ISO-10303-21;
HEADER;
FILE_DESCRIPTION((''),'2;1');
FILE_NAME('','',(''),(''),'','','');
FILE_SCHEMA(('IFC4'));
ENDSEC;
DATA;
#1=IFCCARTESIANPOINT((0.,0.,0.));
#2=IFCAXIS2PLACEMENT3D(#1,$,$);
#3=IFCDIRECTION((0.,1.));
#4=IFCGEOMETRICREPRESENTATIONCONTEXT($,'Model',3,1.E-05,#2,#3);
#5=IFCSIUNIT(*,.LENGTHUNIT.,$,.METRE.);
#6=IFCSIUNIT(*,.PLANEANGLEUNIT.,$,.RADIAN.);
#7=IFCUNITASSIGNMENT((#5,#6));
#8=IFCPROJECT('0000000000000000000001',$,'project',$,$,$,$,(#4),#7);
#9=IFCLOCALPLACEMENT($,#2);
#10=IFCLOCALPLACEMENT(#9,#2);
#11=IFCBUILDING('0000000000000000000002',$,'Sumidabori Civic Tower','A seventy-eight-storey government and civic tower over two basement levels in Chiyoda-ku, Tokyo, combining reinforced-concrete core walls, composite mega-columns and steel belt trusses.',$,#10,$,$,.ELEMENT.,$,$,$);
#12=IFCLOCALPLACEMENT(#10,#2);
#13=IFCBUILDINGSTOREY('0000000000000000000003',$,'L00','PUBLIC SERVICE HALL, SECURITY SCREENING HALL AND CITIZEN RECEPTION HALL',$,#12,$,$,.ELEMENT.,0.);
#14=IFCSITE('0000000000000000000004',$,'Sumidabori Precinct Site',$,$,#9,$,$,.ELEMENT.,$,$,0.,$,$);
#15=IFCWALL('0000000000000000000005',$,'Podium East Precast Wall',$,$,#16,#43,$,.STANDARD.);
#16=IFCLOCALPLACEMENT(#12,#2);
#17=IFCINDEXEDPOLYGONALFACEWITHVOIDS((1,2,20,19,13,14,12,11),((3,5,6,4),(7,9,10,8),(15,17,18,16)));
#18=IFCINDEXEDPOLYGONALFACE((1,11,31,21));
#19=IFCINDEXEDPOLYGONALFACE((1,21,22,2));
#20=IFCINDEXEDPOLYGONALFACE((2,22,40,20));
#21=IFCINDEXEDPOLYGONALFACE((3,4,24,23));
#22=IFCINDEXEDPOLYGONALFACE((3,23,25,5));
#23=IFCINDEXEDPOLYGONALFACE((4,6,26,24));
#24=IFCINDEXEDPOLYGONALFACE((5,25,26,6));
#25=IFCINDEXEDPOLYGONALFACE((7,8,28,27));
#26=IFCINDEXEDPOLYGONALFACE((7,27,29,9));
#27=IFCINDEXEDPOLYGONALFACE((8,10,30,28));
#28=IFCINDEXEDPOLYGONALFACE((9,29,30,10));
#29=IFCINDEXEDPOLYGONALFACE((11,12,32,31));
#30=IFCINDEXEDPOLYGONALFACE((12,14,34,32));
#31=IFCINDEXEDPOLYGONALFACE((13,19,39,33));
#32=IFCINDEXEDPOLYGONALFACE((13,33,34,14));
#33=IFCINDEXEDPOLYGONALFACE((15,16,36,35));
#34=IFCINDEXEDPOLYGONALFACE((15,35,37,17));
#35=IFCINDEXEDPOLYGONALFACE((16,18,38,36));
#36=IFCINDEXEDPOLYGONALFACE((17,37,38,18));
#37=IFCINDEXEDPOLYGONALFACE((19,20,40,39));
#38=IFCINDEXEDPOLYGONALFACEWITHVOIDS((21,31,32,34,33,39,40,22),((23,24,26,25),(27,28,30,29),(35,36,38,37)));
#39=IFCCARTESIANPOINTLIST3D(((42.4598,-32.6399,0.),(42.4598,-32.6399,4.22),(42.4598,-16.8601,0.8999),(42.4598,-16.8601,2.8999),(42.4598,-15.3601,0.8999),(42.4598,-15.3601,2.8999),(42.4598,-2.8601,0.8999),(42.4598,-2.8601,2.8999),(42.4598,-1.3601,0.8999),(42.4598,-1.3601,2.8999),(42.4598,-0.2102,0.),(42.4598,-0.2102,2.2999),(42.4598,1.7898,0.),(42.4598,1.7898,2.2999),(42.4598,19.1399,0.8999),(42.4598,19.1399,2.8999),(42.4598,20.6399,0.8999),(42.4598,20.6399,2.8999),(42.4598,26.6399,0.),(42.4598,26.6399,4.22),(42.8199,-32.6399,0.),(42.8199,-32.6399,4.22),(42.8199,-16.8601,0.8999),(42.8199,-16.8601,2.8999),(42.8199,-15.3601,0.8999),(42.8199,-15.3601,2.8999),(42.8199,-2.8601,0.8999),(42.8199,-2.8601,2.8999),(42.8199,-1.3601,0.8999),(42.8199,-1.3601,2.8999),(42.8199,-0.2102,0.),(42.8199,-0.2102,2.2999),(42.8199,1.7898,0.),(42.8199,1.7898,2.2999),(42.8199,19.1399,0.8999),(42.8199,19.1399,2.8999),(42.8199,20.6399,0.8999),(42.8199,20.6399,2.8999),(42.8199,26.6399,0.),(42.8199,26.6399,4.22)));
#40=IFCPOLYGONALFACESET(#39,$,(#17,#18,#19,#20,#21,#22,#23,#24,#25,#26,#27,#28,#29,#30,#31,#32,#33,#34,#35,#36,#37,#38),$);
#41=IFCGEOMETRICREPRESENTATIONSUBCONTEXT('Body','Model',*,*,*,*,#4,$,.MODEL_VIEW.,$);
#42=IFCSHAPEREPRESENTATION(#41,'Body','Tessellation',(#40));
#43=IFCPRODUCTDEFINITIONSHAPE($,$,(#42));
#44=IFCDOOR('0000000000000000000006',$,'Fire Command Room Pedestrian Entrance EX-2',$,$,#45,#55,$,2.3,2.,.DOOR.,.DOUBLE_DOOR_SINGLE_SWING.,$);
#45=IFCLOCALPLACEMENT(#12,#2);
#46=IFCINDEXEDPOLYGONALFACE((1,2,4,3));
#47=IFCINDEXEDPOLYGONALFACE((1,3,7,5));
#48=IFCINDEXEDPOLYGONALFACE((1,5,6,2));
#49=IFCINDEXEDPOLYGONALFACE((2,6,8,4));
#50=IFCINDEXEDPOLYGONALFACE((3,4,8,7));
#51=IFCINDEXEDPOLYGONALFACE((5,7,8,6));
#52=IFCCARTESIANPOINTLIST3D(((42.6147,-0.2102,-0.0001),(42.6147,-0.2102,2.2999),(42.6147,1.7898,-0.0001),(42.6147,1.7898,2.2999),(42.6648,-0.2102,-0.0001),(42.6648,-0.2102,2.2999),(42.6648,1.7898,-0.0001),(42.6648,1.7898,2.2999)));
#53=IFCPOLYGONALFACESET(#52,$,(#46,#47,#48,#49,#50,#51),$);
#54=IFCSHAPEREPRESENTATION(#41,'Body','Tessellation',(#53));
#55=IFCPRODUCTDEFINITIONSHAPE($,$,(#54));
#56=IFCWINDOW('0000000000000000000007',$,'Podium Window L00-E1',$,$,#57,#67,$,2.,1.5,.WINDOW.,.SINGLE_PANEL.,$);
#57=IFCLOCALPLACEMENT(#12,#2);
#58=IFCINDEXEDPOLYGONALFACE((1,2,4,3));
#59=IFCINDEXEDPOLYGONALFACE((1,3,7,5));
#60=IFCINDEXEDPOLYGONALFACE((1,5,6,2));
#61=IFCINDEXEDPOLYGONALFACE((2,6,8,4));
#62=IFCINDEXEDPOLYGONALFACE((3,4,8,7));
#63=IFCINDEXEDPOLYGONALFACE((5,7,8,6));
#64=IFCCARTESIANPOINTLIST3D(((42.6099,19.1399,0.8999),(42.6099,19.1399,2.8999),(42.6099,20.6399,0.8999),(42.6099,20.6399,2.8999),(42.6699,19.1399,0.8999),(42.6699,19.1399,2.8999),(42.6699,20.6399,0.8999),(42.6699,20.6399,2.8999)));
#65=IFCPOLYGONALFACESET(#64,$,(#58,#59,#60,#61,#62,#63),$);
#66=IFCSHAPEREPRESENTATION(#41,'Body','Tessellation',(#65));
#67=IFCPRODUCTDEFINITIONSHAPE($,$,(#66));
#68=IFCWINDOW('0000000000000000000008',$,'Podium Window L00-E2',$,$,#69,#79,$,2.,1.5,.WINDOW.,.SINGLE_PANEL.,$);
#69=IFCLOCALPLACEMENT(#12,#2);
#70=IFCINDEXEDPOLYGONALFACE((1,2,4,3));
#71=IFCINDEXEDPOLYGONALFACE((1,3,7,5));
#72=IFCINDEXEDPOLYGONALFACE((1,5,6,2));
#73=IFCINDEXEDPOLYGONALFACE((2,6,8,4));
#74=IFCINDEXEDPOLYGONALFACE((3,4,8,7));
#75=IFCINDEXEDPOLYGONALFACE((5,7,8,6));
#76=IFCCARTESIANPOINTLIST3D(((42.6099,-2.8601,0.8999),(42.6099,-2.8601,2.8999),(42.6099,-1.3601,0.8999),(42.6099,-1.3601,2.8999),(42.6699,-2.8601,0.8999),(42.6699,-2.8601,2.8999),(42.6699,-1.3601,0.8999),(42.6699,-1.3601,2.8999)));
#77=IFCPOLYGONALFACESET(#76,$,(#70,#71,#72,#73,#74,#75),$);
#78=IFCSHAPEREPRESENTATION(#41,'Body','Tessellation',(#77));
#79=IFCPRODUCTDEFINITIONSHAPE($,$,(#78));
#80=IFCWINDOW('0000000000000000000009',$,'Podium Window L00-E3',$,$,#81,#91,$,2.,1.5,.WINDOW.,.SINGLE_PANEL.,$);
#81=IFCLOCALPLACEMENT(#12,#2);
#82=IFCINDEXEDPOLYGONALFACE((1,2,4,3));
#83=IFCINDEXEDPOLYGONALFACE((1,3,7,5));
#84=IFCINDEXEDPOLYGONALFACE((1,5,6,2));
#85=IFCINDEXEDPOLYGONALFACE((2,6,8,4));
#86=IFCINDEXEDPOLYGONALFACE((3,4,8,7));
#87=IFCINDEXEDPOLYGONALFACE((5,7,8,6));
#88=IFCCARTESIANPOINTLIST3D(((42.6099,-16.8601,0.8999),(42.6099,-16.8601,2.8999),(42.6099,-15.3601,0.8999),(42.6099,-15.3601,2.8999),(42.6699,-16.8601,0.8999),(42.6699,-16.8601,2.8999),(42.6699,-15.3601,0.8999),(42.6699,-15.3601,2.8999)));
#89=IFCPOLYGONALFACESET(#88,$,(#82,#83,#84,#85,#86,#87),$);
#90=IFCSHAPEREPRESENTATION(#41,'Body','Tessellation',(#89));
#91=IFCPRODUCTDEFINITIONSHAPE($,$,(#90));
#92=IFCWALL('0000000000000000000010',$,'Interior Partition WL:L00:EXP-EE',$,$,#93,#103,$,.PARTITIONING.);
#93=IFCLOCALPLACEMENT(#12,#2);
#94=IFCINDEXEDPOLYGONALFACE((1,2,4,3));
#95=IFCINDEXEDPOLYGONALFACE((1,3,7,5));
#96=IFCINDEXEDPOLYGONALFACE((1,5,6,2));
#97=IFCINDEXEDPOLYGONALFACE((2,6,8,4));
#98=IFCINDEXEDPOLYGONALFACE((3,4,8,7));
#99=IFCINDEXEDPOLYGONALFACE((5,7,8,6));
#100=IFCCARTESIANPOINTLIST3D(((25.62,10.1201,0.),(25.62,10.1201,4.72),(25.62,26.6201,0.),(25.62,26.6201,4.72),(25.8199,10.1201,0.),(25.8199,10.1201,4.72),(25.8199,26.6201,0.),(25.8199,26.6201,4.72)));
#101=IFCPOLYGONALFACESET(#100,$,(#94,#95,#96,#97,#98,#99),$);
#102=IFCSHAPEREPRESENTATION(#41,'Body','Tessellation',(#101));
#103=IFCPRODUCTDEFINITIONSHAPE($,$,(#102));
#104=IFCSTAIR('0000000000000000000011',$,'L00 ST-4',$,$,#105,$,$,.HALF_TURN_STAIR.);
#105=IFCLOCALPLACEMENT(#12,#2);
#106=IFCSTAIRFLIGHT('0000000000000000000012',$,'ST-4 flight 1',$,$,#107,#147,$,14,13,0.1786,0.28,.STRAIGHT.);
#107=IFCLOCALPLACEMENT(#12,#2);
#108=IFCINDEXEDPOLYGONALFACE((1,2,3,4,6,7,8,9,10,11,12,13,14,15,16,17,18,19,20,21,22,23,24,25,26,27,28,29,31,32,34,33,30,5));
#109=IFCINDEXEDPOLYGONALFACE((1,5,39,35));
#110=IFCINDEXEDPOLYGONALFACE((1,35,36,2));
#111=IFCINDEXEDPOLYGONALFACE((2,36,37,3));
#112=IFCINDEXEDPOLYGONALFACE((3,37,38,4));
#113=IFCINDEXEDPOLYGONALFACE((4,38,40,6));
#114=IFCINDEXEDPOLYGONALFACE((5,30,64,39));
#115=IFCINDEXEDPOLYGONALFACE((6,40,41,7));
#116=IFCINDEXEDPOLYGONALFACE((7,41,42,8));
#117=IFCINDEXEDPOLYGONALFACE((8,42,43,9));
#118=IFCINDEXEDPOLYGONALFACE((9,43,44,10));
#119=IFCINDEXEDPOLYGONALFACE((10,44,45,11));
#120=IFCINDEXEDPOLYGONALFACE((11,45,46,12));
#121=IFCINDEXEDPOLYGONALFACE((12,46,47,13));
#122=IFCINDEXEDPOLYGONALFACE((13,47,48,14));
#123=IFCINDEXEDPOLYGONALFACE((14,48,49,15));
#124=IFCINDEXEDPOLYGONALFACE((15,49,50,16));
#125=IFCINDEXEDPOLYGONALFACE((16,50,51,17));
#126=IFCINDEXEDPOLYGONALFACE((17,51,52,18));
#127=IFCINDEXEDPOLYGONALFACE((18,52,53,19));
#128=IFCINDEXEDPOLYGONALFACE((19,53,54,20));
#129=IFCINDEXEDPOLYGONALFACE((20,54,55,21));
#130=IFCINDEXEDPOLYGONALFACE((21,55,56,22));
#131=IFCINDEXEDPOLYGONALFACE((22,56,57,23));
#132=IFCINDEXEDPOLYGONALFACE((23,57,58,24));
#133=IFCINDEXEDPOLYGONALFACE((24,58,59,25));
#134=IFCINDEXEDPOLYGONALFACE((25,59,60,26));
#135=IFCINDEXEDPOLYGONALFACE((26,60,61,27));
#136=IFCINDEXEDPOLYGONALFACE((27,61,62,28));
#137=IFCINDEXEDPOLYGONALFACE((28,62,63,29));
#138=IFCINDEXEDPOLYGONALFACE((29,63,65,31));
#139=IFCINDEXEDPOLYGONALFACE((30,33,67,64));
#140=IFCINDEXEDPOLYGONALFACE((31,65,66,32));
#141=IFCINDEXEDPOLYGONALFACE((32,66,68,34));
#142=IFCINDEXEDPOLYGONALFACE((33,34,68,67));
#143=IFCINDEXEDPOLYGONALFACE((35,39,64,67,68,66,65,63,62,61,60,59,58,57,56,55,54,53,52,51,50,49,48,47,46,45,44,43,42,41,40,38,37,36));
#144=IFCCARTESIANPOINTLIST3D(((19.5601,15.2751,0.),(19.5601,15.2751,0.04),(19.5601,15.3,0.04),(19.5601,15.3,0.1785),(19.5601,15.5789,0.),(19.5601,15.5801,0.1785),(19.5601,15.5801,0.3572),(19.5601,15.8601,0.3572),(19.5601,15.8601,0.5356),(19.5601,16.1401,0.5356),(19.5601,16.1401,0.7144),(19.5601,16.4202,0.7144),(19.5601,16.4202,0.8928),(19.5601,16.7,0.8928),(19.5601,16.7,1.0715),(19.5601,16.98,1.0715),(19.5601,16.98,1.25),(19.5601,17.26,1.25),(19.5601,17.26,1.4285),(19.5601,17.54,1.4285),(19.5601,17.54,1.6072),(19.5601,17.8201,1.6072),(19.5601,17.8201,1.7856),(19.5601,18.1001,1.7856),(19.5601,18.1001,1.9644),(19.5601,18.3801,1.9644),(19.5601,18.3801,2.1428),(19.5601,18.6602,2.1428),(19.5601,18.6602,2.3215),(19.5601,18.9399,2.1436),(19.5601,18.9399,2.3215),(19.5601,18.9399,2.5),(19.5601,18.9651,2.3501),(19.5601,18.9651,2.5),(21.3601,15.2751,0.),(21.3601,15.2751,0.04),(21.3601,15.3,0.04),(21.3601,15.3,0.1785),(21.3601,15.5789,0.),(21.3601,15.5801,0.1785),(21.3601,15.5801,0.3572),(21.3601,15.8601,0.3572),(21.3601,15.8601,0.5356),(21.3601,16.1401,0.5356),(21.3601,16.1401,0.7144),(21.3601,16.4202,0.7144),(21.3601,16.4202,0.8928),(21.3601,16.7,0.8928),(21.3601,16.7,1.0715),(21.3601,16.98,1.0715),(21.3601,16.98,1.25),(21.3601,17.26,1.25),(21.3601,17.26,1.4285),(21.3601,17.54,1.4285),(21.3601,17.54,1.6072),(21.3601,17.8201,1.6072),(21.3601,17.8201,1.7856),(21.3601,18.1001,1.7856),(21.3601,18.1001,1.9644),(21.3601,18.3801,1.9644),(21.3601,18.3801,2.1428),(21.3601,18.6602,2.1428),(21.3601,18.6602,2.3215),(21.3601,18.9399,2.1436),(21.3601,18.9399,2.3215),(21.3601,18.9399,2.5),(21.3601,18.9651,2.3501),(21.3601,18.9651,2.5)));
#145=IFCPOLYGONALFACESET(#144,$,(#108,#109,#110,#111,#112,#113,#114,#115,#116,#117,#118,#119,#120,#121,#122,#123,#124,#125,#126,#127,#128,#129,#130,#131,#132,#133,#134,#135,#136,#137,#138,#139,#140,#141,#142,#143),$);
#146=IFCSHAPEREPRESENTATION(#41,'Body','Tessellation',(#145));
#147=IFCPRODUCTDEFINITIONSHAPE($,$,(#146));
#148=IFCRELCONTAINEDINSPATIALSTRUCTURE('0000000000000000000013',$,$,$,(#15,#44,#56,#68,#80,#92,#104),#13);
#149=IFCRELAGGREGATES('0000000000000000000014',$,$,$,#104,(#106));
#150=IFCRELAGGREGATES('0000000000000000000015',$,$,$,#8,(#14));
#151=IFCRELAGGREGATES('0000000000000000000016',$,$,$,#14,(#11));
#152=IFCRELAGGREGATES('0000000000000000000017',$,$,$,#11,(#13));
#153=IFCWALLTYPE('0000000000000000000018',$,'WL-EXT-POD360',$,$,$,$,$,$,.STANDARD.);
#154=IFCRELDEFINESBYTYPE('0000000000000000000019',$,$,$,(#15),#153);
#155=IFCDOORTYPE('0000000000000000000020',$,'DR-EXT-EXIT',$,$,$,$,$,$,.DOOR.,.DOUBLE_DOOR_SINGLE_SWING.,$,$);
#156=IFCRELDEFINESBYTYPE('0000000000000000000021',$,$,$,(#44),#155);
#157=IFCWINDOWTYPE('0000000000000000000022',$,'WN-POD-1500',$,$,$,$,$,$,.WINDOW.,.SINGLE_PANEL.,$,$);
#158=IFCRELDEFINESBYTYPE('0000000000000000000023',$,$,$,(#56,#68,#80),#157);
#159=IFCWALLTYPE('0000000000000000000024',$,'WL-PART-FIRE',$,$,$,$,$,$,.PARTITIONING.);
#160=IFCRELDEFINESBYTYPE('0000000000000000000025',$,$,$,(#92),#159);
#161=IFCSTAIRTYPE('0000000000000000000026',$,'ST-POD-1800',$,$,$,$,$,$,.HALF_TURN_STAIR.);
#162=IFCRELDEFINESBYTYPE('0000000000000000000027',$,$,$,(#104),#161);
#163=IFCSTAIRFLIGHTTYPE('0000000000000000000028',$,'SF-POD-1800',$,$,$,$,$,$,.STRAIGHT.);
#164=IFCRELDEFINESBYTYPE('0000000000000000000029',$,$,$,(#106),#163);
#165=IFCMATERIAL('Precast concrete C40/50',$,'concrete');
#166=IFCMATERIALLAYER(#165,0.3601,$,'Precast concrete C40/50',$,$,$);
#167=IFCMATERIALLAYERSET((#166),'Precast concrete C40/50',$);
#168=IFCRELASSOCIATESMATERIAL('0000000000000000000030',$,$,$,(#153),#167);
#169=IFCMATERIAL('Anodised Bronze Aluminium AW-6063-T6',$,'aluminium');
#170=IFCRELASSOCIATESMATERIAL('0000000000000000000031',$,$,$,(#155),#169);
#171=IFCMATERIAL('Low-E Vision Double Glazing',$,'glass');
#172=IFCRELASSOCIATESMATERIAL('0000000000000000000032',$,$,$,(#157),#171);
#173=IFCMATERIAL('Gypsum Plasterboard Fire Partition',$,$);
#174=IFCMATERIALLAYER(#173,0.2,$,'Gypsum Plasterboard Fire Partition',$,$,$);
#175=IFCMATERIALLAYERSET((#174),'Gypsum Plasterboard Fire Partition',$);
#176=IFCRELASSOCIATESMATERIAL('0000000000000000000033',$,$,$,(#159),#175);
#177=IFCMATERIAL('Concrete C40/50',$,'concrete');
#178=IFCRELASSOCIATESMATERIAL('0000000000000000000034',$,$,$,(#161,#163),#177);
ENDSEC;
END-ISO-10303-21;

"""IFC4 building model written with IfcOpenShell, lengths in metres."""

from ifc_helpers import new_model, si_unit, direction, frame, frame_2d, origin, place, context, subcontext, project, spatial, polyline, rectangle, outline, extrude, source, transform, mapped, material, layer, layer_set, type_object, element, fill, aggregate, save


model = new_model("IFC4")

# Units and contexts
model_context = context("Model", 3, precision=1e-05, world=origin(), true_north=direction((0.0, 1.0)))
body_context = subcontext(model_context, "Body", "Model", "MODEL_VIEW")
ifc_project = project(units=[si_unit("LENGTHUNIT", "METRE"), si_unit("PLANEANGLEUNIT", "RADIAN")], contexts=[model_context])

# Site, building, storey
site_placement = place(None, origin())
site = spatial("IfcSite", under=ifc_project, at=site_placement, Name="Sumidabori Precinct Site", CompositionType="ELEMENT", RefElevation=0.0)
building_placement = place(site_placement, origin())
building = spatial("IfcBuilding", under=site, at=building_placement, Name="Sumidabori Civic Tower", Description="A seventy-eight-storey government and civic tower over two basement levels in Chiyoda-ku, Tokyo, combining reinforced-concrete core walls, composite mega-columns and steel belt trusses.", CompositionType="ELEMENT")
storey_placement = place(building_placement, origin())
storey = spatial("IfcBuildingStorey", under=building, at=storey_placement, Name="L00", Description="PUBLIC SERVICE HALL, SECURITY SCREENING HALL AND CITIZEN RECEPTION HALL", CompositionType="ELEMENT", Elevation=0.0)

# Wall, openings, door, windows
ifc_material_1 = material(Name="Precast concrete C40/50", Category="concrete")
ifc_layer_1 = layer(ifc_material_1, 0.3601, Name="Precast concrete C40/50")
ifc_layer_set_1 = layer_set([ifc_layer_1], Name="Precast concrete C40/50")
wall_type_1 = type_object("IfcWallType", Name="WL-EXT-POD360", PredefinedType="STANDARD", material=ifc_layer_set_1)
shared_shape_1 = source(origin(), body_context, "Body", "SweptSolid", [
    extrude(rectangle(XDim=59.2798, YDim=0.3601, at=frame_2d((29.6399, 0.0))), origin(), (0.0, 0.0, 1.0), 4.22),
])
wall_1_placement = place(storey_placement, frame((42.6399, 26.6399, 0.0), z_axis=(0.0, 0.0, 1.0), x_axis=(0.0, -1.0, 0.0)))
wall_1 = element("IfcWall", 1, at=wall_1_placement, inside=storey, type_object=wall_type_1, Name="Podium East Precast Wall", PredefinedType="STANDARD", context=body_context, shape_type="MappedRepresentation", body=[
    mapped(shared_shape_1, transform((0.0, 0.0, 0.0), x_axis=(1.0, 0.0, 0.0), y_axis=(0.0, 1.0, 0.0), z_axis=(0.0, 0.0, 1.0), scale=1.0)),
])
opening_1_placement = place(wall_1_placement, frame((24.8501, 0.0, 0.0)))
opening_1 = element("IfcOpeningElement", 2, at=opening_1_placement, cuts=wall_1, PredefinedType="OPENING", context=body_context, shape_type="SweptSolid", body=[
    extrude(rectangle(XDim=2.0, YDim=2.3, at=frame_2d((1.0, 1.1499))), frame((0.0, 0.1919, 0.0), z_axis=(0.0, -1.0, 0.0), x_axis=(1.0, 0.0, 0.0)), (0.0, 0.0, 1.0), 0.384),
])
opening_2_placement = place(wall_1_placement, frame((6.0, 0.0, 0.8999)))
opening_2 = element("IfcOpeningElement", 3, at=opening_2_placement, cuts=wall_1, PredefinedType="OPENING", context=body_context, shape_type="SweptSolid", body=[
    extrude(rectangle(XDim=1.5, YDim=2.0, at=frame_2d((0.75, 1.0))), frame((0.0, 0.1919, 0.0), z_axis=(0.0, -1.0, 0.0), x_axis=(1.0, 0.0, 0.0)), (0.0, 0.0, 1.0), 0.384),
])
opening_3_placement = place(wall_1_placement, frame((28.0, 0.0, 0.8999)))
opening_3 = element("IfcOpeningElement", 4, at=opening_3_placement, cuts=wall_1, PredefinedType="OPENING", context=body_context, shape_type="SweptSolid", body=[
    extrude(rectangle(XDim=1.5, YDim=2.0, at=frame_2d((0.75, 1.0))), frame((0.0, 0.1919, 0.0), z_axis=(0.0, -1.0, 0.0), x_axis=(1.0, 0.0, 0.0)), (0.0, 0.0, 1.0), 0.384),
])
opening_4_placement = place(wall_1_placement, frame((42.0, 0.0, 0.8999)))
opening_4 = element("IfcOpeningElement", 5, at=opening_4_placement, cuts=wall_1, PredefinedType="OPENING", context=body_context, shape_type="SweptSolid", body=[
    extrude(rectangle(XDim=1.5, YDim=2.0, at=frame_2d((0.75, 1.0))), frame((0.0, 0.1919, 0.0), z_axis=(0.0, -1.0, 0.0), x_axis=(1.0, 0.0, 0.0)), (0.0, 0.0, 1.0), 0.384),
])
ifc_material_2 = material(Name="Anodised Bronze Aluminium AW-6063-T6", Category="aluminium")
door_type = type_object("IfcDoorType", Name="DR-EXT-EXIT", OperationType="DOUBLE_DOOR_SINGLE_SWING", PredefinedType="DOOR", material=ifc_material_2)
shared_shape_2 = source(origin(), body_context, "Body", "SweptSolid", [
    extrude(rectangle(XDim=2.0, YDim=2.3, at=frame_2d((1.0, 1.1499))), frame((0.0, 0.0249, 0.0), z_axis=(0.0, -1.0, 0.0), x_axis=(1.0, 0.0, 0.0)), (0.0, 0.0, 1.0), 0.05),
])
door_placement = place(opening_1_placement, origin())
door = element("IfcDoor", 6, at=door_placement, inside=storey, type_object=door_type, Name="Fire Command Room Pedestrian Entrance EX-2", OperationType="DOUBLE_DOOR_SINGLE_SWING", OverallHeight=2.3, OverallWidth=2.0, PredefinedType="DOOR", context=body_context, shape_type="MappedRepresentation", body=[
    mapped(shared_shape_2, transform((0.0, 0.0, 0.0), x_axis=(1.0, 0.0, 0.0), y_axis=(0.0, 1.0, 0.0), z_axis=(0.0, 0.0, 1.0), scale=1.0)),
])
fill(opening_1, door)
ifc_material_3 = material(Name="Low-E Vision Double Glazing", Category="glass")
window_type = type_object("IfcWindowType", Name="WN-POD-1500", PartitioningType="SINGLE_PANEL", PredefinedType="WINDOW", material=ifc_material_3)
shared_shape_3 = source(origin(), body_context, "Body", "SweptSolid", [
    extrude(rectangle(XDim=1.5, YDim=2.0, at=frame_2d((0.75, 1.0))), frame((0.0, 0.03, 0.0), z_axis=(0.0, -1.0, 0.0), x_axis=(1.0, 0.0, 0.0)), (0.0, 0.0, 1.0), 0.0601),
])
window_1_placement = place(opening_2_placement, origin())
window_1 = element("IfcWindow", 7, at=window_1_placement, inside=storey, type_object=window_type, Name="Podium Window L00-E1", OverallHeight=2.0, OverallWidth=1.5, PartitioningType="SINGLE_PANEL", PredefinedType="WINDOW", context=body_context, shape_type="MappedRepresentation", body=[
    mapped(shared_shape_3, transform((0.0, 0.0, 0.0), x_axis=(1.0, 0.0, 0.0), y_axis=(0.0, 1.0, 0.0), z_axis=(0.0, 0.0, 1.0), scale=1.0)),
])
fill(opening_2, window_1)
window_2_placement = place(opening_3_placement, origin())
window_2 = element("IfcWindow", 8, at=window_2_placement, inside=storey, type_object=window_type, Name="Podium Window L00-E2", OverallHeight=2.0, OverallWidth=1.5, PartitioningType="SINGLE_PANEL", PredefinedType="WINDOW", context=body_context, shape_type="MappedRepresentation", body=[
    mapped(shared_shape_3, transform((0.0, 0.0, 0.0), x_axis=(1.0, 0.0, 0.0), y_axis=(0.0, 1.0, 0.0), z_axis=(0.0, 0.0, 1.0), scale=1.0)),
])
fill(opening_3, window_2)
window_3_placement = place(opening_4_placement, origin())
window_3 = element("IfcWindow", 9, at=window_3_placement, inside=storey, type_object=window_type, Name="Podium Window L00-E3", OverallHeight=2.0, OverallWidth=1.5, PartitioningType="SINGLE_PANEL", PredefinedType="WINDOW", context=body_context, shape_type="MappedRepresentation", body=[
    mapped(shared_shape_3, transform((0.0, 0.0, 0.0), x_axis=(1.0, 0.0, 0.0), y_axis=(0.0, 1.0, 0.0), z_axis=(0.0, 0.0, 1.0), scale=1.0)),
])
fill(opening_4, window_3)

# Wall
ifc_material_4 = material(Name="Gypsum Plasterboard Fire Partition")
ifc_layer_2 = layer(ifc_material_4, 0.2, Name="Gypsum Plasterboard Fire Partition")
ifc_layer_set_2 = layer_set([ifc_layer_2], Name="Gypsum Plasterboard Fire Partition")
wall_type_2 = type_object("IfcWallType", Name="WL-PART-FIRE", PredefinedType="PARTITIONING", material=ifc_layer_set_2)
shared_shape_4 = source(origin(), body_context, "Body", "SweptSolid", [
    extrude(rectangle(XDim=16.5, YDim=0.2, at=frame_2d((8.25, 0.0))), origin(), (0.0, 0.0, 1.0), 4.72),
])
wall_2_placement = place(storey_placement, frame((25.72, 10.1201, 0.0), z_axis=(0.0, 0.0, 1.0), x_axis=(0.0, 1.0, 0.0)))
element("IfcWall", 10, at=wall_2_placement, inside=storey, type_object=wall_type_2, Name="Interior Partition WL:L00:EXP-EE", PredefinedType="PARTITIONING", context=body_context, shape_type="MappedRepresentation", body=[
    mapped(shared_shape_4, transform((0.0, 0.0, 0.0), x_axis=(1.0, 0.0, 0.0), y_axis=(0.0, 1.0, 0.0), z_axis=(0.0, 0.0, 1.0), scale=1.0)),
])

# Stair, stair flight
ifc_material_5 = material(Name="Concrete C40/50", Category="concrete")
stair_type = type_object("IfcStairType", Name="ST-POD-1800", PredefinedType="HALF_TURN_STAIR", material=ifc_material_5)
stair_placement = place(storey_placement, origin())
stair = element("IfcStair", 11, at=stair_placement, inside=storey, type_object=stair_type, Name="L00 ST-4", PredefinedType="HALF_TURN_STAIR")
stair_flight_type = type_object("IfcStairFlightType", Name="SF-POD-1800", PredefinedType="STRAIGHT", material=ifc_material_5)
shared_shape_5 = source(origin(), body_context, "Body", "SweptSolid", [
    extrude(outline(polyline([(-0.0249, 0.0), (-0.0249, 0.04), (0.0, 0.04), (0.0, 0.1785), (0.28, 0.1785), (0.28, 0.3572), (0.5601, 0.3572), (0.5601, 0.5356), (0.8401, 0.5356), (0.8401, 0.7144), (1.1201, 0.7144), (1.1201, 0.8928), (1.3999, 0.8928), (1.3999, 1.0715), (1.6799, 1.0715), (1.6799, 1.25), (1.96, 1.25), (1.96, 1.4285), (2.24, 1.4285), (2.24, 1.6072), (2.52, 1.6072), (2.52, 1.7856), (2.8, 1.7856), (2.8, 1.9644), (3.0801, 1.9644), (3.0801, 2.1428), (3.3601, 2.1428), (3.3601, 2.3215), (3.6399, 2.3215), (3.6399, 2.5), (3.665, 2.5), (3.665, 2.3501), (3.6399, 2.1436), (0.2788, 0.0), (-0.0249, 0.0)])), frame((0.0, 0.8999, 0.0), z_axis=(0.0, -1.0, 0.0), x_axis=(1.0, 0.0, 0.0)), (0.0, 0.0, 1.0), 1.8),
])
stair_flight_1_placement = place(storey_placement, frame((20.46, 15.3, 0.0), z_axis=(0.0, 0.0, 1.0), x_axis=(0.0, 1.0, 0.0)))
stair_flight_1 = element("IfcStairFlight", 12, at=stair_flight_1_placement, type_object=stair_flight_type, Name="ST-4 flight 1", NumberOfRisers=14, NumberOfTreads=13, PredefinedType="STRAIGHT", RiserHeight=0.1786, TreadLength=0.28, context=body_context, shape_type="MappedRepresentation", body=[
    mapped(shared_shape_5, transform((0.0, 0.0, 0.0), x_axis=(1.0, 0.0, 0.0), y_axis=(0.0, 1.0, 0.0), z_axis=(0.0, 0.0, 1.0), scale=1.0)),
])
aggregate(stair, [stair_flight_1])

save(model, "model.ifc")
